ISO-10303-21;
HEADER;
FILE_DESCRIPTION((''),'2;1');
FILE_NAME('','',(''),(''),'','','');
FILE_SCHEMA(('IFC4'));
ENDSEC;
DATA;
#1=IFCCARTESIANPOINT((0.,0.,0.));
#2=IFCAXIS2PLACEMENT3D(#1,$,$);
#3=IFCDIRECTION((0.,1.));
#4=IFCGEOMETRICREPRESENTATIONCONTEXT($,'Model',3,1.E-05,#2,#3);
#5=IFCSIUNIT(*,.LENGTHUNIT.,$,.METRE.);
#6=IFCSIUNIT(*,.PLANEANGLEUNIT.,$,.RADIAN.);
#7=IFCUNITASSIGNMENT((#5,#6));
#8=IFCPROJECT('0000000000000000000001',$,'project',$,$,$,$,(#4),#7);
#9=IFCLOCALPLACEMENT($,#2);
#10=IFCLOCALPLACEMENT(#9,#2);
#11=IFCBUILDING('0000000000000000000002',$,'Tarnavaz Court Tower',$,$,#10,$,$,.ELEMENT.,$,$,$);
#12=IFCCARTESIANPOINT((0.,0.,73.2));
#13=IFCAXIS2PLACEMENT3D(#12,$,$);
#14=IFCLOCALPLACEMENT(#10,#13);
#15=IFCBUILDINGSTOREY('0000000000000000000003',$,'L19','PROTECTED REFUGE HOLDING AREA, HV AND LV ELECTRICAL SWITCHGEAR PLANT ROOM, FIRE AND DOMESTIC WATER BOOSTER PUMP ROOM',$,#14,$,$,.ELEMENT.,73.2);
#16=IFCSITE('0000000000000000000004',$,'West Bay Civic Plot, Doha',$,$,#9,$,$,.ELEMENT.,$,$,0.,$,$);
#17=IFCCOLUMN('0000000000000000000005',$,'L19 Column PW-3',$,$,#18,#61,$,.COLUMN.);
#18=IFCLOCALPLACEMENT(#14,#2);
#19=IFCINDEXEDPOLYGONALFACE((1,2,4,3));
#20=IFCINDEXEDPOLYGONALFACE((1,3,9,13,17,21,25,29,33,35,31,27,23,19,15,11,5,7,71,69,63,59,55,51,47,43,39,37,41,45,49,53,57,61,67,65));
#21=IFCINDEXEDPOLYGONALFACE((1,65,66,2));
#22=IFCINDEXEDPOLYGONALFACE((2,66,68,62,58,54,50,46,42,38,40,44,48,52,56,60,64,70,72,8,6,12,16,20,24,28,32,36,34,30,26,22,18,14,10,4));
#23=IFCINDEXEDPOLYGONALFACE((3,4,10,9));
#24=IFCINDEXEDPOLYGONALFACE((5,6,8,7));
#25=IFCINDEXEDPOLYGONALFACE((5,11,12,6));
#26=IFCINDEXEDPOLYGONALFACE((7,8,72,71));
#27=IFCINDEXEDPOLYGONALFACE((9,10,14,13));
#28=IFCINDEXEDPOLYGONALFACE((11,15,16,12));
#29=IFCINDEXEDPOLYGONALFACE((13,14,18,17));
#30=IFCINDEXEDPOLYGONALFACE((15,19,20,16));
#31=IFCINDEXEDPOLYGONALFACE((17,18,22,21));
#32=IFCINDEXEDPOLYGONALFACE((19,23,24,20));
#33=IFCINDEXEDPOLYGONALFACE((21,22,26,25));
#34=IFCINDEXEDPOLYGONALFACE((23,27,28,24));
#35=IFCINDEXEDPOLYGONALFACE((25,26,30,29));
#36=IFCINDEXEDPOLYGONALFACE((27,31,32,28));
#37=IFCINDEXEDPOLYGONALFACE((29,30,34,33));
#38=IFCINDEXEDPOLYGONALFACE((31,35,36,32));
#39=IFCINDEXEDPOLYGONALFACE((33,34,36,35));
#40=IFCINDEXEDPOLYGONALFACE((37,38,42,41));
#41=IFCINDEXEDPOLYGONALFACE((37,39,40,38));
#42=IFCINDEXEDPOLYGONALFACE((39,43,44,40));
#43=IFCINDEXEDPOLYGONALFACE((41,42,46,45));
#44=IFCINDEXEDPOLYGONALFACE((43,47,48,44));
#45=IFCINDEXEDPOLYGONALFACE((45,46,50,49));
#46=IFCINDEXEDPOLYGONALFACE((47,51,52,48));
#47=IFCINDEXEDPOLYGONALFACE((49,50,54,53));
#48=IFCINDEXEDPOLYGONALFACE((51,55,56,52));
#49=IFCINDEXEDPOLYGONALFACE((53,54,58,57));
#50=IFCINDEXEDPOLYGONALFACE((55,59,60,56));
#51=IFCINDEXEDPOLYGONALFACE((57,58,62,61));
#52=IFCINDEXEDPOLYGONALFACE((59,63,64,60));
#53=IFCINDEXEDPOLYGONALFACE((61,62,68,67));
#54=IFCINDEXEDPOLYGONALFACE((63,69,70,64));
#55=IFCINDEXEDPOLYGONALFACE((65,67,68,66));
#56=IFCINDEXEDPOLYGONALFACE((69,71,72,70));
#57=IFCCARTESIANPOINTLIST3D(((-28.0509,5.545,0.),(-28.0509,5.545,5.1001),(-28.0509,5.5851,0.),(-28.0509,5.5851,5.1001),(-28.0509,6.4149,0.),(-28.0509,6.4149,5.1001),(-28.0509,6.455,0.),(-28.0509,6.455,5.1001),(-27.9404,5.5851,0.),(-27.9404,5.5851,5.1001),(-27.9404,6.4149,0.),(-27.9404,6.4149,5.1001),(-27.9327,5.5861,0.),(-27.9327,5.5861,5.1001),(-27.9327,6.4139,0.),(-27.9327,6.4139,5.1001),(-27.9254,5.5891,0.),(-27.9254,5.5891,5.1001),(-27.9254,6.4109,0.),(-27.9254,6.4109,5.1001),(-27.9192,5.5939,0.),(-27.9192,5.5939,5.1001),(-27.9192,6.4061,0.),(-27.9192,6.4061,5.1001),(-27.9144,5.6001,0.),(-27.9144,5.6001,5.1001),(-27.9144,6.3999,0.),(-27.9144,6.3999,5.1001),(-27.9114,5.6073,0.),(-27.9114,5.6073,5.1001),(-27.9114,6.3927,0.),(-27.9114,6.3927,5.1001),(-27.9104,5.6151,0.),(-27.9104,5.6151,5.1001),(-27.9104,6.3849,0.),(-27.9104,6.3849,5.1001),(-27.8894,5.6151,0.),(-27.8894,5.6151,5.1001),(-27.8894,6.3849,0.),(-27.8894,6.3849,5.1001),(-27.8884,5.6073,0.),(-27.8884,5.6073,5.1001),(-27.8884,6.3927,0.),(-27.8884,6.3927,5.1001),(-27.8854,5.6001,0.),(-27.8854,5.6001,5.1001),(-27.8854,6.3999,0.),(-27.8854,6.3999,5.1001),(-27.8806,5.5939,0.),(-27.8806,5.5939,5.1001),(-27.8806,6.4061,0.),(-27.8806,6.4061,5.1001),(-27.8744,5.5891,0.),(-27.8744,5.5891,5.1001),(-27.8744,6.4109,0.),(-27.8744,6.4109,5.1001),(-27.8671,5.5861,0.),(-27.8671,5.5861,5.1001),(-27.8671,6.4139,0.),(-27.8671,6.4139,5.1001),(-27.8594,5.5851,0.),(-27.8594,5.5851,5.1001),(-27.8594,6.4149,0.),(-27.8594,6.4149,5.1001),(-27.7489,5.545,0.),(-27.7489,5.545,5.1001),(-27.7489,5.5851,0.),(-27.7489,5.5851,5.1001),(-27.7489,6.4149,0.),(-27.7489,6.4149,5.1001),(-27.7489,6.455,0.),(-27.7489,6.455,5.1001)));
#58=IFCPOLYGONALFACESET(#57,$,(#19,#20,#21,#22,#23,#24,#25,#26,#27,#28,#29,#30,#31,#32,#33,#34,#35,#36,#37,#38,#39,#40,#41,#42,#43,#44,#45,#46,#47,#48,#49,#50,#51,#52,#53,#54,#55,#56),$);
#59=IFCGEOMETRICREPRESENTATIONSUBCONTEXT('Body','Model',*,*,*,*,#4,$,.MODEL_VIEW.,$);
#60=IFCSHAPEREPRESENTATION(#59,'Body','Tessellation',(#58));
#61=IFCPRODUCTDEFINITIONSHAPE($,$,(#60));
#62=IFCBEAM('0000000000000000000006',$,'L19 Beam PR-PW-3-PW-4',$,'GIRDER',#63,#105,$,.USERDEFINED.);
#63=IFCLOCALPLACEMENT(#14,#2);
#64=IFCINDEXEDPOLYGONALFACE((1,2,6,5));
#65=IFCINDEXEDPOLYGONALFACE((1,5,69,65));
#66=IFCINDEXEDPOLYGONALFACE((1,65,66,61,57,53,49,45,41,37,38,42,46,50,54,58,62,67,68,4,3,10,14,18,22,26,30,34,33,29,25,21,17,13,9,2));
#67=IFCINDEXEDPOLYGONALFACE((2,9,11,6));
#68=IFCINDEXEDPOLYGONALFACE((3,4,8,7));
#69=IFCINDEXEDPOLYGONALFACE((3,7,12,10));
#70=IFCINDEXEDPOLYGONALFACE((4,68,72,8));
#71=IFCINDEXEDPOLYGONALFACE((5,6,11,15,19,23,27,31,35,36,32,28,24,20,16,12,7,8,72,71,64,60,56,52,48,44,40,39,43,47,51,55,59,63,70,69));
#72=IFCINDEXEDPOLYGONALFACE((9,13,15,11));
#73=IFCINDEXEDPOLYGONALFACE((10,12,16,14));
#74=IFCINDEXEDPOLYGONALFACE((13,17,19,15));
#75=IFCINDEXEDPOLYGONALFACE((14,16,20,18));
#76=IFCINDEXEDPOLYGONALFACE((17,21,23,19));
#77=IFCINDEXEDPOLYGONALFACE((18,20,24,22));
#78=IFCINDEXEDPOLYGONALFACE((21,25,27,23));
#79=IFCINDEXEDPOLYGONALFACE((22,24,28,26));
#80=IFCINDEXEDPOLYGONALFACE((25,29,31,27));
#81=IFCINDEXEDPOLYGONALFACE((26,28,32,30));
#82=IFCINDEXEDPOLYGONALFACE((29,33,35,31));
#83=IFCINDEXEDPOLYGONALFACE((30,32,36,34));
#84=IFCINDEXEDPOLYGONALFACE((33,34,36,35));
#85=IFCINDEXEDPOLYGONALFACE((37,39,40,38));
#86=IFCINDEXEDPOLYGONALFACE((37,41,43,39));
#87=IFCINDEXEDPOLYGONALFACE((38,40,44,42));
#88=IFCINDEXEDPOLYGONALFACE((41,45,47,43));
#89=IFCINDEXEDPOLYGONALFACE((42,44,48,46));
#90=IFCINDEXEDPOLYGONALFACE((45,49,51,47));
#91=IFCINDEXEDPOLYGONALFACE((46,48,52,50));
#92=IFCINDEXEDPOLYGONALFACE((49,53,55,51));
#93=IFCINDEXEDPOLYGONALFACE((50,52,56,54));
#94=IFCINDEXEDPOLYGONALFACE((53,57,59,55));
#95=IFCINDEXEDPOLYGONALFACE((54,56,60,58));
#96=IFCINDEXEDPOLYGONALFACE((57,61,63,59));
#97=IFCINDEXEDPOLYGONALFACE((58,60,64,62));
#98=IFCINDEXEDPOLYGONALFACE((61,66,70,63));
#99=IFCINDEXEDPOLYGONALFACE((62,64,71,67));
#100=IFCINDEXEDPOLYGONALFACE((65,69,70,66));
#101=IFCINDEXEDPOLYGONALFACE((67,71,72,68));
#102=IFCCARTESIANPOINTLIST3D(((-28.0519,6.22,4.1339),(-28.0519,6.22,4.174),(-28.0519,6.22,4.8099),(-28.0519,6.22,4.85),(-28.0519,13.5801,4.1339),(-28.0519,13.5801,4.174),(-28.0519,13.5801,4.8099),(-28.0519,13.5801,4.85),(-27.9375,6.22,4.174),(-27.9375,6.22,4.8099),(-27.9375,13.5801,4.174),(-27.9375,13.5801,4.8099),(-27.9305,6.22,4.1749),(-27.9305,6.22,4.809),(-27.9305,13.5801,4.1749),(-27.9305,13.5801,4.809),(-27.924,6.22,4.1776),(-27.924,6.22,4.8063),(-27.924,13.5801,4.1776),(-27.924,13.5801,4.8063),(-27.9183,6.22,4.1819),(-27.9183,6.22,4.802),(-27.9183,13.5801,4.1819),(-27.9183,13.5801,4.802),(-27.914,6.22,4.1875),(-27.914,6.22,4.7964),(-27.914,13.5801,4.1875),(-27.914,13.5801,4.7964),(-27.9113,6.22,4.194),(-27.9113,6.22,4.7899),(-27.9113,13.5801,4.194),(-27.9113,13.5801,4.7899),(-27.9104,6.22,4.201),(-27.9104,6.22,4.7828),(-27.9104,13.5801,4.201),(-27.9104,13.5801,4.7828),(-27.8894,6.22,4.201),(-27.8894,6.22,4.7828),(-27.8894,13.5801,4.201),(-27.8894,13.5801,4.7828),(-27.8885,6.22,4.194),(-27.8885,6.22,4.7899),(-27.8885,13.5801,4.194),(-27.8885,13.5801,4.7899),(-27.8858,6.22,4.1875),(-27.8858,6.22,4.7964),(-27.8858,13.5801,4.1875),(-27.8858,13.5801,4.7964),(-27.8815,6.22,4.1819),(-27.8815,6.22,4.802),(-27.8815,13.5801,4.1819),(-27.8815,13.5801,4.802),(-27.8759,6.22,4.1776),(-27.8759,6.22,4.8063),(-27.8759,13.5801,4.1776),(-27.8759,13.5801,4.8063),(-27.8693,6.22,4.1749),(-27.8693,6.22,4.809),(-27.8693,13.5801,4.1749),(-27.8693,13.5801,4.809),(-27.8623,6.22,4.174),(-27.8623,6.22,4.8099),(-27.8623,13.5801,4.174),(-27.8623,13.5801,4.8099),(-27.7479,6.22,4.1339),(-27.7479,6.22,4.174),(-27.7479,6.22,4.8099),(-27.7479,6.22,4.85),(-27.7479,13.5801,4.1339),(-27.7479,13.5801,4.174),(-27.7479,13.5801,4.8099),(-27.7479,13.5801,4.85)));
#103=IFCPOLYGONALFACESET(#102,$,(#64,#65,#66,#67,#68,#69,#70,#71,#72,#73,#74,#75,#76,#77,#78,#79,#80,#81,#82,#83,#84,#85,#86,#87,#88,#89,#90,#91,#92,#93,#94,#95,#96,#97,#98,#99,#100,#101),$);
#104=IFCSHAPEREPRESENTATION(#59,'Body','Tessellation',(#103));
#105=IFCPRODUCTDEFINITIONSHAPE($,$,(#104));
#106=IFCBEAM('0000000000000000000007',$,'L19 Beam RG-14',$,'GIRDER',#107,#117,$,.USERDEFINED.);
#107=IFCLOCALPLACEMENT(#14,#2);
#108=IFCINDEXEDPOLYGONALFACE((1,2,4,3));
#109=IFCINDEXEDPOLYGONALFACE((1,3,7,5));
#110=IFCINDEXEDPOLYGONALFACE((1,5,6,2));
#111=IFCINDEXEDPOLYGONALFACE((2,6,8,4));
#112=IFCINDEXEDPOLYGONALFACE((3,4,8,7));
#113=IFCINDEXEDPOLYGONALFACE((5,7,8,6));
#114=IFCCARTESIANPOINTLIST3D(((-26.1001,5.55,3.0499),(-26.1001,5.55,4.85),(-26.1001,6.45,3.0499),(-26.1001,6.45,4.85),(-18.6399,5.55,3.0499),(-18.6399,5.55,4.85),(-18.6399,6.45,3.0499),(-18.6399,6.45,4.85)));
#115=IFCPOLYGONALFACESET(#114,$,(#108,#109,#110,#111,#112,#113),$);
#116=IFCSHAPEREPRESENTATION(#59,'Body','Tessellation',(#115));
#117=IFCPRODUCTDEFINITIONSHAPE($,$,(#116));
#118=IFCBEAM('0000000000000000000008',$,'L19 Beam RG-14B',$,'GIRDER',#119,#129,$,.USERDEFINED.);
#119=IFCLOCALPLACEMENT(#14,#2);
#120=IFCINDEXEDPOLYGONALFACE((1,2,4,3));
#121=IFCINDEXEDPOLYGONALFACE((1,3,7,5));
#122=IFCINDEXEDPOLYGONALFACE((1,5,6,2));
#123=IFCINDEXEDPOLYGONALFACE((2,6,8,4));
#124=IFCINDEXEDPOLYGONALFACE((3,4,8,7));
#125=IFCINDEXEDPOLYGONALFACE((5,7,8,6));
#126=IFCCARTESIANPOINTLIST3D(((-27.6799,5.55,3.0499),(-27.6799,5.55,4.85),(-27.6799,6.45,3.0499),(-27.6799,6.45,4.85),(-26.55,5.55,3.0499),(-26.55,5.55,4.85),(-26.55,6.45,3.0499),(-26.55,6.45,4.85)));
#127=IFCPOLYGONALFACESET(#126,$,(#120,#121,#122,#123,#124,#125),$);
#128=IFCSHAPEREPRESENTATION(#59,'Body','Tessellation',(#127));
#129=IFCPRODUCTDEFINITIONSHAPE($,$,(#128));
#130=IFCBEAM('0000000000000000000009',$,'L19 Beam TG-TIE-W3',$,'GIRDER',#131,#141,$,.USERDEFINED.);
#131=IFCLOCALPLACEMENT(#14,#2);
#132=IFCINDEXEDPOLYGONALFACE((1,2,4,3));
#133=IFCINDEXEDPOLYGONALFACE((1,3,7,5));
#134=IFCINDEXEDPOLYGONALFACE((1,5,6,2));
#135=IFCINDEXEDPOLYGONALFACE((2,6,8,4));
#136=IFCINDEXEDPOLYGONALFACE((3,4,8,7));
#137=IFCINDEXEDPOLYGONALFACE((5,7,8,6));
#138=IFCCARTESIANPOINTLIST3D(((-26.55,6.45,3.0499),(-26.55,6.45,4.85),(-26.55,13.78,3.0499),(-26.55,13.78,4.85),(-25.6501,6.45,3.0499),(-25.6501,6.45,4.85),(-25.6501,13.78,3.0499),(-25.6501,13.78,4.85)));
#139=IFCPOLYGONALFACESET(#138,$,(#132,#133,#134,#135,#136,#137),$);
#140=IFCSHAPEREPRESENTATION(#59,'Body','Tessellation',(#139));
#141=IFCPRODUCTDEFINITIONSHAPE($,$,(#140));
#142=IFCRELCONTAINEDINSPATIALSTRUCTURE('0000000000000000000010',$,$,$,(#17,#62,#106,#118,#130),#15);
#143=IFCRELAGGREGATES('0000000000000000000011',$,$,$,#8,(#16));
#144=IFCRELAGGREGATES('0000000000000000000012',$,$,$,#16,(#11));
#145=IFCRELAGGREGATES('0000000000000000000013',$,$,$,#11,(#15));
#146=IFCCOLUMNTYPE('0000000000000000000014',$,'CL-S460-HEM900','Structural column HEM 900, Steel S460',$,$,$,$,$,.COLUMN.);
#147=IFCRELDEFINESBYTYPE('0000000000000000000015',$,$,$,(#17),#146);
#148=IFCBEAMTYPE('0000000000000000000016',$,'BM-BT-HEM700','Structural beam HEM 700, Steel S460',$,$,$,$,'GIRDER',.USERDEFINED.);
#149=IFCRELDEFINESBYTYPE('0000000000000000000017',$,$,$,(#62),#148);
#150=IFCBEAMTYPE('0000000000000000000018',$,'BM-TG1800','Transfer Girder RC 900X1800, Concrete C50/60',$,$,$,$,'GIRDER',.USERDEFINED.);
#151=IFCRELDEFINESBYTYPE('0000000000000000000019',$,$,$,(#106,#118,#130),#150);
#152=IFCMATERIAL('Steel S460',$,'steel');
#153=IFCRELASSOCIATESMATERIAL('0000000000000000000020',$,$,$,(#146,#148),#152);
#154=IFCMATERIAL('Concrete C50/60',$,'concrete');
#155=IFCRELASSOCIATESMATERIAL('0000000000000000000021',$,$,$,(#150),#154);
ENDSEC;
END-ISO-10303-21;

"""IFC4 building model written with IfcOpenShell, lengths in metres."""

from ifc_helpers import new_model, si_unit, direction, frame, origin, origin_2d, place, context, subcontext, project, spatial, rectangle, i_section, extrude, material, material_profile, profile_set, type_object, element, save


model = new_model("IFC4")

# Units and contexts
model_context = context("Model", 3, precision=1e-05, world=origin(), true_north=direction((0.0, 1.0)))
body_context = subcontext(model_context, "Body", "Model", "MODEL_VIEW")
ifc_project = project(units=[si_unit("LENGTHUNIT", "METRE"), si_unit("PLANEANGLEUNIT", "RADIAN")], contexts=[model_context])

# Site, building, storey
site_placement = place(None, origin())
site = spatial("IfcSite", under=ifc_project, at=site_placement, Name="West Bay Civic Plot, Doha", CompositionType="ELEMENT", RefElevation=0.0)
building_placement = place(site_placement, origin())
building = spatial("IfcBuilding", under=site, at=building_placement, Name="Tarnavaz Court Tower", CompositionType="ELEMENT")
storey_placement = place(building_placement, frame((0.0, 0.0, 73.2)))
storey = spatial("IfcBuildingStorey", under=building, at=storey_placement, Name="L19", Description="PROTECTED REFUGE HOLDING AREA, HV AND LV ELECTRICAL SWITCHGEAR PLANT ROOM, FIRE AND DOMESTIC WATER BOOSTER PUMP ROOM", CompositionType="ELEMENT", Elevation=73.2)

# Column
ifc_material_1 = material(Name="Steel S460", Category="steel")
ifc_material_profile_1 = material_profile(ifc_material_1, i_section(OverallWidth=0.302, OverallDepth=0.9099, WebThickness=0.021, FlangeThickness=0.04, FilletRadius=0.03, at=origin_2d()), Name="HEM 900")
ifc_profile_set_1 = profile_set([ifc_material_profile_1], Name="Steel S460")
column_type = type_object("IfcColumnType", Name="CL-S460-HEM900", Description="Structural column HEM 900, Steel S460", PredefinedType="COLUMN", material=ifc_profile_set_1)
column_placement = place(storey_placement, frame((-27.8999, 6.0, 0.0), z_axis=(0.0, 0.0, 1.0), x_axis=(1.0, 0.0, 0.0)))
element("IfcColumn", 1, at=column_placement, inside=storey, type_object=column_type, Name="L19 Column PW-3", PredefinedType="COLUMN", context=body_context, shape_type="SweptSolid", body=[
    extrude(i_section(OverallWidth=0.302, OverallDepth=0.9099, WebThickness=0.021, FlangeThickness=0.04, FilletRadius=0.03, at=origin_2d()), origin(), (0.0, 0.0, 1.0), 5.1001),
])

# Beams
ifc_material_profile_2 = material_profile(ifc_material_1, i_section(OverallWidth=0.304, OverallDepth=0.7161, WebThickness=0.021, FlangeThickness=0.04, FilletRadius=0.0271, at=origin_2d()), Name="HEM 700")
ifc_profile_set_2 = profile_set([ifc_material_profile_2], Name="Steel S460")
beam_type_1 = type_object("IfcBeamType", Name="BM-BT-HEM700", Description="Structural beam HEM 700, Steel S460", ElementType="GIRDER", PredefinedType="USERDEFINED", material=ifc_profile_set_2)
beam_1_placement = place(storey_placement, frame((-27.8999, 6.22, 4.4919), z_axis=(0.0, 1.0, 0.0), x_axis=(-1.0, 0.0, 0.0)))
element("IfcBeam", 2, at=beam_1_placement, inside=storey, type_object=beam_type_1, Name="L19 Beam PR-PW-3-PW-4", ObjectType="GIRDER", PredefinedType="USERDEFINED", context=body_context, shape_type="SweptSolid", body=[
    extrude(i_section(OverallWidth=0.304, OverallDepth=0.7161, WebThickness=0.021, FlangeThickness=0.04, FilletRadius=0.0271, at=origin_2d()), origin(), (0.0, 0.0, 1.0), 7.3601),
])
ifc_material_2 = material(Name="Concrete C50/60", Category="concrete")
ifc_material_profile_3 = material_profile(ifc_material_2, rectangle(XDim=0.8999, YDim=1.8, at=origin_2d()), Name="RC 900X1800")
ifc_profile_set_3 = profile_set([ifc_material_profile_3], Name="Concrete C50/60")
beam_type_2 = type_object("IfcBeamType", Name="BM-TG1800", Description="Transfer Girder RC 900X1800, Concrete C50/60", ElementType="GIRDER", PredefinedType="USERDEFINED", material=ifc_profile_set_3)
beam_2_placement = place(storey_placement, frame((-18.6399, 6.0, 3.95), z_axis=(-1.0, 0.0, 0.0), x_axis=(0.0, -1.0, 0.0)))
element("IfcBeam", 3, at=beam_2_placement, inside=storey, type_object=beam_type_2, Name="L19 Beam RG-14", ObjectType="GIRDER", PredefinedType="USERDEFINED", context=body_context, shape_type="SweptSolid", body=[
    extrude(rectangle(XDim=0.8999, YDim=1.8, at=origin_2d()), origin(), (0.0, 0.0, 1.0), 7.4602),
])
beam_3_placement = place(storey_placement, frame((-26.55, 6.0, 3.95), z_axis=(-1.0, 0.0, 0.0), x_axis=(0.0, -1.0, 0.0)))
element("IfcBeam", 4, at=beam_3_placement, inside=storey, type_object=beam_type_2, Name="L19 Beam RG-14B", ObjectType="GIRDER", PredefinedType="USERDEFINED", context=body_context, shape_type="SweptSolid", body=[
    extrude(rectangle(XDim=0.8999, YDim=1.8, at=origin_2d()), origin(), (0.0, 0.0, 1.0), 1.1299),
])
beam_4_placement = place(storey_placement, frame((-26.1001, 6.45, 3.95), z_axis=(0.0, 1.0, 0.0), x_axis=(-1.0, 0.0, 0.0)))
element("IfcBeam", 5, at=beam_4_placement, inside=storey, type_object=beam_type_2, Name="L19 Beam TG-TIE-W3", ObjectType="GIRDER", PredefinedType="USERDEFINED", context=body_context, shape_type="SweptSolid", body=[
    extrude(rectangle(XDim=0.8999, YDim=1.8, at=origin_2d()), origin(), (0.0, 0.0, 1.0), 7.3301),
])

save(model, "model.ifc")
